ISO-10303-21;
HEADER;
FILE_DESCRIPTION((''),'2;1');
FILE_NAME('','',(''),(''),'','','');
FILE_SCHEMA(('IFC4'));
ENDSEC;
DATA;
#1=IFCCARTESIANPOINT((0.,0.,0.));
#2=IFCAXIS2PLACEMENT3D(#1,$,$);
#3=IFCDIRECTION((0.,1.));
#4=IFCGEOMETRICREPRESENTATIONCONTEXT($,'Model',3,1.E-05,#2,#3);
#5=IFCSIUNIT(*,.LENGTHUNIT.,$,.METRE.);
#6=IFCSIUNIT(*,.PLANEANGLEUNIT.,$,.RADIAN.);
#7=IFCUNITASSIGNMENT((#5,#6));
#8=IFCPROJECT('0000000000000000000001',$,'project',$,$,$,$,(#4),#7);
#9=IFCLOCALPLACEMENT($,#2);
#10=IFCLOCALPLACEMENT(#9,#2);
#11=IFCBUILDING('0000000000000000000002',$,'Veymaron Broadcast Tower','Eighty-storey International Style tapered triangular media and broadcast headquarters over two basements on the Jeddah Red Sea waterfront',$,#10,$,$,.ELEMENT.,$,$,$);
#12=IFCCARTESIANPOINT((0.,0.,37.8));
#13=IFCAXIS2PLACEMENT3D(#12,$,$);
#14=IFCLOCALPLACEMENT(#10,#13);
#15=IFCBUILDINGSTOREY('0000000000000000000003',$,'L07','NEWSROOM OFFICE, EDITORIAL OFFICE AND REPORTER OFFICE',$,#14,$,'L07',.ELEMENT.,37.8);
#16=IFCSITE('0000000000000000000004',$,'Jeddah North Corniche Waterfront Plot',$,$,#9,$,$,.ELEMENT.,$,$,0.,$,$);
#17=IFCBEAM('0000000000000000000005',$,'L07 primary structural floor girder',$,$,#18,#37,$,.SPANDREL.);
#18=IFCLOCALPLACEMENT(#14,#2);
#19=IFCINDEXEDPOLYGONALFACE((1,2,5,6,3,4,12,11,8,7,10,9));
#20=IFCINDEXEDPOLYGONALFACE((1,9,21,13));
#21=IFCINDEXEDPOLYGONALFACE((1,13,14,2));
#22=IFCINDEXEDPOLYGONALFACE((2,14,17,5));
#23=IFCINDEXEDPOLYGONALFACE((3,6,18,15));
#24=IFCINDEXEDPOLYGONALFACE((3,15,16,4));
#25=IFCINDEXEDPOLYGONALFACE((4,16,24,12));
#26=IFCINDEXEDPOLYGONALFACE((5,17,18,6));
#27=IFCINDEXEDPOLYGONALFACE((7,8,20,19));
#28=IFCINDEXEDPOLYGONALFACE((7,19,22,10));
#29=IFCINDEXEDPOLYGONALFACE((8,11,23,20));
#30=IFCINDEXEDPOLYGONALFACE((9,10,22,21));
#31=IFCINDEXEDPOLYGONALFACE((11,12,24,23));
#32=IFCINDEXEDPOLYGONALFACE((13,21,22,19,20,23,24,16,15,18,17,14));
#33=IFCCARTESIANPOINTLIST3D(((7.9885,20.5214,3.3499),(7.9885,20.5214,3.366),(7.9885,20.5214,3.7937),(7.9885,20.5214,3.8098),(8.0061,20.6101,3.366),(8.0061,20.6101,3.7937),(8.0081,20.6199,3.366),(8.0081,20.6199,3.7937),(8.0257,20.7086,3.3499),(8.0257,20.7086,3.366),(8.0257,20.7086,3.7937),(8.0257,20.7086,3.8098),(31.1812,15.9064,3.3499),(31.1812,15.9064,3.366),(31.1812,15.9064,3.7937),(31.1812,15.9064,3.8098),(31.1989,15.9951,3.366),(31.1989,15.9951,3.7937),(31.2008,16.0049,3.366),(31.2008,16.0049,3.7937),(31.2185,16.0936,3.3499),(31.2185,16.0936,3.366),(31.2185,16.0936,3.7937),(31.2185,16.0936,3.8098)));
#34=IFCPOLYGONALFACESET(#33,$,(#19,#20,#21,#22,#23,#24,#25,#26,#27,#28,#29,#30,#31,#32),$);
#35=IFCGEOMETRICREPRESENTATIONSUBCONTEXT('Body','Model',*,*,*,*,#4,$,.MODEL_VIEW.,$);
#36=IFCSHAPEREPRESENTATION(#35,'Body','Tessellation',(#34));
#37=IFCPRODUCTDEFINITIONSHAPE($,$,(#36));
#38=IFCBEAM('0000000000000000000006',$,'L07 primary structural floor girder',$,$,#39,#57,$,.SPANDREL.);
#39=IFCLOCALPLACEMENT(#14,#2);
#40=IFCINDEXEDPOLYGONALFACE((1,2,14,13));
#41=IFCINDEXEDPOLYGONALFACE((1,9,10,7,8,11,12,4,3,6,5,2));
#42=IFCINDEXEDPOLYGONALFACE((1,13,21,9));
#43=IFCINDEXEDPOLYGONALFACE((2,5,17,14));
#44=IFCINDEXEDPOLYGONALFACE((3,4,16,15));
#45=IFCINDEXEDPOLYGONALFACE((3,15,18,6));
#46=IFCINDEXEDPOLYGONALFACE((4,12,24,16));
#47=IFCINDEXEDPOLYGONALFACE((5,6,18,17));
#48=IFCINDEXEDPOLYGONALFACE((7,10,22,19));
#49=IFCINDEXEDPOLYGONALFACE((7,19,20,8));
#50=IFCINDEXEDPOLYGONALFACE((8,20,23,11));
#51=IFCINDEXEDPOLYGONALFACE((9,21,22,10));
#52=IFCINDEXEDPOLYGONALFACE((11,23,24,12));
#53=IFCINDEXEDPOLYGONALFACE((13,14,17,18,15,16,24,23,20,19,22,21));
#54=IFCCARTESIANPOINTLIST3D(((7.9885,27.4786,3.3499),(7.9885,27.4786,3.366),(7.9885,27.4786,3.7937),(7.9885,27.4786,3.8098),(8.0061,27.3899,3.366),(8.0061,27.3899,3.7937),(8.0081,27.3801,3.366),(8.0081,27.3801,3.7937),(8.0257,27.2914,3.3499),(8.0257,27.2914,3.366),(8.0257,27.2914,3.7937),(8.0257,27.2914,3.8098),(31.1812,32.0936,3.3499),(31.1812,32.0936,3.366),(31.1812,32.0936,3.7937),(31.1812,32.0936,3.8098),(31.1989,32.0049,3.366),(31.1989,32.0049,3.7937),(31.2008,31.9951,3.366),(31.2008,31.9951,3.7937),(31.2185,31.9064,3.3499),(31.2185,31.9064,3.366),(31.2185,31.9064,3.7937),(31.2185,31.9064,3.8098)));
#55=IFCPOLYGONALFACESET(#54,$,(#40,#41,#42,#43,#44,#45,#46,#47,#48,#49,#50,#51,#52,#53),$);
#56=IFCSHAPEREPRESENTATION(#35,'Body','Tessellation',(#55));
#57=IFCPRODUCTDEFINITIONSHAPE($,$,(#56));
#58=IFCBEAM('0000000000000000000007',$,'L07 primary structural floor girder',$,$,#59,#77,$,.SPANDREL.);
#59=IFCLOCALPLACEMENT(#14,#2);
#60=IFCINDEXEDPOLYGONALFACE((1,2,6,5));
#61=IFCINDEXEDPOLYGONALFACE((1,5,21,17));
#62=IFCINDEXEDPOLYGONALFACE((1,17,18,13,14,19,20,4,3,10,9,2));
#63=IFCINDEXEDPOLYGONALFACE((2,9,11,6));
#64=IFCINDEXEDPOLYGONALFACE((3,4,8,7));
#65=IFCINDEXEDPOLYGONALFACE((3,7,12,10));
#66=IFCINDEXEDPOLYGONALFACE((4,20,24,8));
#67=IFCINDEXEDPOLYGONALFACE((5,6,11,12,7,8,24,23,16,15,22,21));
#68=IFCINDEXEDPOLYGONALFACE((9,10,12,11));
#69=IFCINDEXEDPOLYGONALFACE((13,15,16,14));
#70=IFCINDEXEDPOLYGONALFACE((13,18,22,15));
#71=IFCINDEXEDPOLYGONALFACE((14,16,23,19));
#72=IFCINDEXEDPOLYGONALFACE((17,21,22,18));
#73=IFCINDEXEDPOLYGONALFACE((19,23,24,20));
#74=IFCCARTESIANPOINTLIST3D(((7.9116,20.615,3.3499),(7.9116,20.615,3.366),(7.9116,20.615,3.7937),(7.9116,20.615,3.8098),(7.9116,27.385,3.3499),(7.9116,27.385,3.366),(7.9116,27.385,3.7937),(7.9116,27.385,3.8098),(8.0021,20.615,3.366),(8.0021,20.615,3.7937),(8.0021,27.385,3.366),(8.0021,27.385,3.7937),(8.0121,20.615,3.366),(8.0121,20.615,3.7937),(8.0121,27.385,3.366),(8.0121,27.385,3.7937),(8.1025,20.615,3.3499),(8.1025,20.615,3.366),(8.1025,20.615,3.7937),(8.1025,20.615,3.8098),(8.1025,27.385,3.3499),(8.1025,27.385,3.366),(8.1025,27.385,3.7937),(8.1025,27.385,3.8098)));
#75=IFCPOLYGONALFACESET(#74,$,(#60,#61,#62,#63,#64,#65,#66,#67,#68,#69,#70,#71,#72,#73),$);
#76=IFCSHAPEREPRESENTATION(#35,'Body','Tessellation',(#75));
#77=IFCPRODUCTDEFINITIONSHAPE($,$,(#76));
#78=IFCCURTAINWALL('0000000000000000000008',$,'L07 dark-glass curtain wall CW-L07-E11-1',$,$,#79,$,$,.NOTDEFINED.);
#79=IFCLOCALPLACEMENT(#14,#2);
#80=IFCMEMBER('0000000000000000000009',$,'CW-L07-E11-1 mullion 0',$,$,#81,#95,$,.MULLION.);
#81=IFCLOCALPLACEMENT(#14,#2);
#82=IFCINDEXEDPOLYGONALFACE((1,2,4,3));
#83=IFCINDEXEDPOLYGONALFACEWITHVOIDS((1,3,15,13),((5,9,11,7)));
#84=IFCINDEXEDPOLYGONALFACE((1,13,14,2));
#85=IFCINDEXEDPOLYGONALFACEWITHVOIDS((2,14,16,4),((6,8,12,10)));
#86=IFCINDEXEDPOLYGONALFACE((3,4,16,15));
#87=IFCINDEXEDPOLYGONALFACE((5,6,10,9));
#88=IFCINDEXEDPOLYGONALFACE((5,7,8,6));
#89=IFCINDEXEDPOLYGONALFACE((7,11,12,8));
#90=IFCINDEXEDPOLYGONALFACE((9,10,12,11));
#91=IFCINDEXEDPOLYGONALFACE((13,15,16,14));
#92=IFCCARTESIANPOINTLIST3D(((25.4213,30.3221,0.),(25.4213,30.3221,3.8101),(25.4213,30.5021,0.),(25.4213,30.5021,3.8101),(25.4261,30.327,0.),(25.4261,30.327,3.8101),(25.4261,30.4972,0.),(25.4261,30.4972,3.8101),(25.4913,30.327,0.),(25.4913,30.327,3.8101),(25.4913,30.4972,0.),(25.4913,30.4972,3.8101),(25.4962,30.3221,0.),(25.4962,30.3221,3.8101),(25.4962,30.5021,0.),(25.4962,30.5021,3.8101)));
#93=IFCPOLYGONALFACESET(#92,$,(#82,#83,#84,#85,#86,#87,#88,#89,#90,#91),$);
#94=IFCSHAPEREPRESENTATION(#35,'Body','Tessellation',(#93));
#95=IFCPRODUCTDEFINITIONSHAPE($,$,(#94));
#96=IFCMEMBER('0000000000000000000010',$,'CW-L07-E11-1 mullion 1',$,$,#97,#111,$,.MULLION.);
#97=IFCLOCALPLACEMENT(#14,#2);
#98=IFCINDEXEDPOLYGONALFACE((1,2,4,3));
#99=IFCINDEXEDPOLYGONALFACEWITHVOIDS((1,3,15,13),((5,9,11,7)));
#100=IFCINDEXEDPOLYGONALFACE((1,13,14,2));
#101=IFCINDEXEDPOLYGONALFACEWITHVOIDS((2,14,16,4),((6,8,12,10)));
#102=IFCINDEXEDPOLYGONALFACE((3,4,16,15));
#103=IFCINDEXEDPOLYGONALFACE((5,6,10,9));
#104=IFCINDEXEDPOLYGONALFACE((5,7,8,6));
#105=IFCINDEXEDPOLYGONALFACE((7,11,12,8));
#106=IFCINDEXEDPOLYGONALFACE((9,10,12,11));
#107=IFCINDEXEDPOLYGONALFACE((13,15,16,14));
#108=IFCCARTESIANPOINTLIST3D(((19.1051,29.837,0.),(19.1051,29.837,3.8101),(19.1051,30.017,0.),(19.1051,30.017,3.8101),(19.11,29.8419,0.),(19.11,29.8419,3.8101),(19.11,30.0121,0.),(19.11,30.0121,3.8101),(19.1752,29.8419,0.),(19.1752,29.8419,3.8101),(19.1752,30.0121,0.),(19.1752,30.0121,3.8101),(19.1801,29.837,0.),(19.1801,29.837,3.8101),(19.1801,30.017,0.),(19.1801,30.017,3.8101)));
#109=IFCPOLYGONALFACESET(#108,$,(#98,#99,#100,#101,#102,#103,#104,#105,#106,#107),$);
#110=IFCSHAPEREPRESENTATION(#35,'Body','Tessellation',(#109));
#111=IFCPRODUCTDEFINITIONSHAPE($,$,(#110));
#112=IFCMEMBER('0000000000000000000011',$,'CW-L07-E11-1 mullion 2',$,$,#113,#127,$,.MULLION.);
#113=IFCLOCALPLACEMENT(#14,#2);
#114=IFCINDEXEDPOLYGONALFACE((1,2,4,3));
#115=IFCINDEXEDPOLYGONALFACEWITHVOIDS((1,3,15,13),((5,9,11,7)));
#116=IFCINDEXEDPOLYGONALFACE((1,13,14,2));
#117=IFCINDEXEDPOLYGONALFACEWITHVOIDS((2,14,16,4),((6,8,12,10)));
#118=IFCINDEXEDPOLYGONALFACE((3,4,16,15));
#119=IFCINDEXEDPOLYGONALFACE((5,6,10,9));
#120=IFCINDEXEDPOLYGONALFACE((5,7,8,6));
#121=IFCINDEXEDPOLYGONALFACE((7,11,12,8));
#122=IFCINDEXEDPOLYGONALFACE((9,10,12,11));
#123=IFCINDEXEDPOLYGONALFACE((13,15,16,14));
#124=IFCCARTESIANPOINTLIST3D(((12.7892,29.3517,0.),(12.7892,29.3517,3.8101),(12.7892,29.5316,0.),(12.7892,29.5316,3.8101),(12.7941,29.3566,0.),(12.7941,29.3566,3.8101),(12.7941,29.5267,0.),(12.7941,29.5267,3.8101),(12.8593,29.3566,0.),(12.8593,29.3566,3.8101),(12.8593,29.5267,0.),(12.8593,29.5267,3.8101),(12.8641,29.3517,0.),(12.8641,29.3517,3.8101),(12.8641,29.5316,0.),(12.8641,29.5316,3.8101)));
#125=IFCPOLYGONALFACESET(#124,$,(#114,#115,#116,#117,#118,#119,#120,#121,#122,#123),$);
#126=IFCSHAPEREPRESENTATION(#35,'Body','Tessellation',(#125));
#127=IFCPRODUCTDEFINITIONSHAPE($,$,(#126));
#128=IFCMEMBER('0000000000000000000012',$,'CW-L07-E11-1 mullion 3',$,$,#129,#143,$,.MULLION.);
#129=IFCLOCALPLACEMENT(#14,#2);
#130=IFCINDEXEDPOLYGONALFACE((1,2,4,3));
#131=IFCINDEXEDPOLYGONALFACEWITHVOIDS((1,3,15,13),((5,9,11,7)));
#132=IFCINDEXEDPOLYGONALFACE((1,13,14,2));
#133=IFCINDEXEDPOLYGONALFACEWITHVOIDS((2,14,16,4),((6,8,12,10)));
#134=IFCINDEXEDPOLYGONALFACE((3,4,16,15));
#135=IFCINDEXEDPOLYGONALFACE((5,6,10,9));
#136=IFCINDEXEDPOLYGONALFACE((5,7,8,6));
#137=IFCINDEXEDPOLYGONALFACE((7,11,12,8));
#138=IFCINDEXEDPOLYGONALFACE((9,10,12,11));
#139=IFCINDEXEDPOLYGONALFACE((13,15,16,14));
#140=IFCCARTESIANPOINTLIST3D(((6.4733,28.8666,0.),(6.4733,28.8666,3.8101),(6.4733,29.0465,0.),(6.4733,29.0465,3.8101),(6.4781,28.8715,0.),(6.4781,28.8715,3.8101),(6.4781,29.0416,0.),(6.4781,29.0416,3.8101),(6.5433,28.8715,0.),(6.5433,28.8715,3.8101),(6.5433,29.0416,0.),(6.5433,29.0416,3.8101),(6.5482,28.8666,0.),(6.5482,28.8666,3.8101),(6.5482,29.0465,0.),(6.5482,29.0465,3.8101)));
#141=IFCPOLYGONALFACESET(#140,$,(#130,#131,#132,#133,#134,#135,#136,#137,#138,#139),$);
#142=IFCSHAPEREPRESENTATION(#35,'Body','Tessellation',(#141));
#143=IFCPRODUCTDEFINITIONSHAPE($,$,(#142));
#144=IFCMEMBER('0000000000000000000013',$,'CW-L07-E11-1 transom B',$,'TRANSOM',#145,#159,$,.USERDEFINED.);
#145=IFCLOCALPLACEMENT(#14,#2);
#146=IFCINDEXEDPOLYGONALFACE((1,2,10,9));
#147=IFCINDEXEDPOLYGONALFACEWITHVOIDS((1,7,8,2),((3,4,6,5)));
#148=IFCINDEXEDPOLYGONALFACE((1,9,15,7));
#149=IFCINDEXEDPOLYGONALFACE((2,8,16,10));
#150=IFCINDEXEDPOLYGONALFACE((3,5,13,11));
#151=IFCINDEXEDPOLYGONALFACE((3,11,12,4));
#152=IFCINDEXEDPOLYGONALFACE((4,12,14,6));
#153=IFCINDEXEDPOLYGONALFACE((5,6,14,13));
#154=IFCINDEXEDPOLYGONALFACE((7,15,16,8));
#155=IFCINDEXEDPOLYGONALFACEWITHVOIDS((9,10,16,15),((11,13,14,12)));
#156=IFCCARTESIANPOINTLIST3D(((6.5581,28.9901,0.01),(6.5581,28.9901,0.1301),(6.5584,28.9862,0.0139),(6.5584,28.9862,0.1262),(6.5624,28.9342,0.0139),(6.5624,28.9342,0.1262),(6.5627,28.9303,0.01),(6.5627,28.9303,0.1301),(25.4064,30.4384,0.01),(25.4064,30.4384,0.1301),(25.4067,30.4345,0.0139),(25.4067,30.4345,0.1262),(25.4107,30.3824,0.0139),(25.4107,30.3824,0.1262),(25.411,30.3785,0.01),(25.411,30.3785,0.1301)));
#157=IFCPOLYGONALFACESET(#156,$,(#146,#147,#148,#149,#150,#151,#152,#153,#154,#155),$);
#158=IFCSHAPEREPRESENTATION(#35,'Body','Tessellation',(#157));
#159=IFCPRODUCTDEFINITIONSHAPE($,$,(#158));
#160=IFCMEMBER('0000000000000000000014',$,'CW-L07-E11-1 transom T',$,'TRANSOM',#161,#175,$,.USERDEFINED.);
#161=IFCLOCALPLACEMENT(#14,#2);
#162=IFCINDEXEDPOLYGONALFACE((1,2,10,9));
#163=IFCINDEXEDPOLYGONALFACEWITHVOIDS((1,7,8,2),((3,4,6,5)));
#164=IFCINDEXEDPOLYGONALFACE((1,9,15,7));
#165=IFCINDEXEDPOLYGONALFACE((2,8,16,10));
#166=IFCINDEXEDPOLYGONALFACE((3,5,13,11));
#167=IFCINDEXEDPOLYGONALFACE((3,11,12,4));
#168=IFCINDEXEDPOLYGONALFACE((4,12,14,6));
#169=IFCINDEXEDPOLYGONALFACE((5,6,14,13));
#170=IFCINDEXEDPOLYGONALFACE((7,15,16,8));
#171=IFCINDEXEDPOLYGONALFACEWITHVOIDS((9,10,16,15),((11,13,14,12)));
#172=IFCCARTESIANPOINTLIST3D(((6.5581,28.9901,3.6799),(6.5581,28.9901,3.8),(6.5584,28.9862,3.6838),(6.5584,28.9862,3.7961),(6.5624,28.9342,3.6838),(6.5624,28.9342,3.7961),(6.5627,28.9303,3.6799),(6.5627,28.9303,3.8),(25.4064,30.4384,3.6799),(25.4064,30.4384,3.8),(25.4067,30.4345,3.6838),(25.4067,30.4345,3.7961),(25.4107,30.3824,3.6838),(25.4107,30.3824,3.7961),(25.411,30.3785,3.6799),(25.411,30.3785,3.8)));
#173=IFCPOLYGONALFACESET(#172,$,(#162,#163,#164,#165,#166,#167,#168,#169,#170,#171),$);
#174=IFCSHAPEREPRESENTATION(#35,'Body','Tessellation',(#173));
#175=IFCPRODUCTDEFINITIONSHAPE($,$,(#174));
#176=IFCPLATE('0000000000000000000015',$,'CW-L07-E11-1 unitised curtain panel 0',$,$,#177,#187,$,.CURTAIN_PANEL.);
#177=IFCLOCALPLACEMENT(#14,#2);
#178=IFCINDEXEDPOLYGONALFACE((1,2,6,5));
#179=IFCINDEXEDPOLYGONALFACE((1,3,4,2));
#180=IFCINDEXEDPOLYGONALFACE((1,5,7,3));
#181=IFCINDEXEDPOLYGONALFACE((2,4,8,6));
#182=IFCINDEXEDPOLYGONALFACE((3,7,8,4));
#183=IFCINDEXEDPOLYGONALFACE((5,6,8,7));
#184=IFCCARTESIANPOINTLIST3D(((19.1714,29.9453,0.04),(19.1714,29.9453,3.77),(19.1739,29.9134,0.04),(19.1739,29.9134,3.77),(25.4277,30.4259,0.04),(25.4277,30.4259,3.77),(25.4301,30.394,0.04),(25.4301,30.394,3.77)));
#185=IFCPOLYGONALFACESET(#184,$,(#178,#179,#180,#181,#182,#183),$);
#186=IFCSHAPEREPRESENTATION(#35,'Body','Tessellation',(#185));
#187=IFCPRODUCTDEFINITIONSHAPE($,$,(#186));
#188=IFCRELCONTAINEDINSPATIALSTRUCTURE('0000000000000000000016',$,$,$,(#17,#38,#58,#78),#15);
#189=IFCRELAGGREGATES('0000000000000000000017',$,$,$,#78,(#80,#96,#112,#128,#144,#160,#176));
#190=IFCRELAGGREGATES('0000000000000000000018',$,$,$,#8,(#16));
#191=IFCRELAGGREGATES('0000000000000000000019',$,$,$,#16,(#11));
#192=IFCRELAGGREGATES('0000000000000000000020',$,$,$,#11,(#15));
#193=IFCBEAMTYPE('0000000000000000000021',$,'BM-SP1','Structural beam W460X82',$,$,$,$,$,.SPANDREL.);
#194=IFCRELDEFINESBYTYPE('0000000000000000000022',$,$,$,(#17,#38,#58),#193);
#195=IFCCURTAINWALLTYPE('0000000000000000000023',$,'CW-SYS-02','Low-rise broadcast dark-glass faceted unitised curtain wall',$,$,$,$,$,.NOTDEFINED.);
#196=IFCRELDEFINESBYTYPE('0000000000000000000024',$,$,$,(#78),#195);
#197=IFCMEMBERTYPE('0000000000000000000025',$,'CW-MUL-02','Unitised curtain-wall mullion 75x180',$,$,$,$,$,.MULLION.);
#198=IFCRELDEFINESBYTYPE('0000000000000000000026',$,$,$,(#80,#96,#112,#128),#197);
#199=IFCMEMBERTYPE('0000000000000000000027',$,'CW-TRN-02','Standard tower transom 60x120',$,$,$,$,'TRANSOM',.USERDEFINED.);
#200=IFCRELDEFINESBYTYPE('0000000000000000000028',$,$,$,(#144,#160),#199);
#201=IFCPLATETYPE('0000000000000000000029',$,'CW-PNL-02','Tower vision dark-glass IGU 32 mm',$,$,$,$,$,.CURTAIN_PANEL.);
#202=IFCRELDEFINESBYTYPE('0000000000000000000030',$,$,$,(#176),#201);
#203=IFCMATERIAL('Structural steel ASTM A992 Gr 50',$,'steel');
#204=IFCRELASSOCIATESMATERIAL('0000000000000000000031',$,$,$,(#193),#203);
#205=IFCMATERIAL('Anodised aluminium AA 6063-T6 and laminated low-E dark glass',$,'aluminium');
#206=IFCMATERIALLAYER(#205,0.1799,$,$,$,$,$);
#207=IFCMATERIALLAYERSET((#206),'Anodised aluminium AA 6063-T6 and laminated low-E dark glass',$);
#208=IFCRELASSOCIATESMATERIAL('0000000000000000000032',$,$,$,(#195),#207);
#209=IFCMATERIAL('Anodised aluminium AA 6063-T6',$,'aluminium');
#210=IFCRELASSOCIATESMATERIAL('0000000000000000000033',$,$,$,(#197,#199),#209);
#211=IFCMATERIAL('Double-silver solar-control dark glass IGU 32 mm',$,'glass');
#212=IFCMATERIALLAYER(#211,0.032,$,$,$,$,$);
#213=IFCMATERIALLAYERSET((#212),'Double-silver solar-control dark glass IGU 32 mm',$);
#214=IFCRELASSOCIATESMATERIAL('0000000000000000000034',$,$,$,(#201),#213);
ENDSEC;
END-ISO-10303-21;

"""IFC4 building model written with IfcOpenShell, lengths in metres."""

from ifc_helpers import new_model, si_unit, direction, frame, origin, origin_2d, place, context, subcontext, project, spatial, rectangle, hollow_rectangle, i_section, extrude, material, layer, layer_set, material_profile, profile_set, type_object, element, aggregate, save


model = new_model("IFC4")

# Units and contexts
model_context = context("Model", 3, precision=1e-05, world=origin(), true_north=direction((0.0, 1.0)))
body_context = subcontext(model_context, "Body", "Model", "MODEL_VIEW")
ifc_project = project(units=[si_unit("LENGTHUNIT", "METRE"), si_unit("PLANEANGLEUNIT", "RADIAN")], contexts=[model_context])

# Site, building, storey
site_placement = place(None, origin())
site = spatial("IfcSite", under=ifc_project, at=site_placement, Name="Jeddah North Corniche Waterfront Plot", CompositionType="ELEMENT", RefElevation=0.0)
building_placement = place(site_placement, origin())
building = spatial("IfcBuilding", under=site, at=building_placement, Name="Veymaron Broadcast Tower", Description="Eighty-storey International Style tapered triangular media and broadcast headquarters over two basements on the Jeddah Red Sea waterfront", CompositionType="ELEMENT")
storey_placement = place(building_placement, frame((0.0, 0.0, 37.8)))
storey = spatial("IfcBuildingStorey", under=building, at=storey_placement, Name="L07", Description="NEWSROOM OFFICE, EDITORIAL OFFICE AND REPORTER OFFICE", LongName="L07", CompositionType="ELEMENT", Elevation=37.8)

# Beams
ifc_material_1 = material(Name="Structural steel ASTM A992 Gr 50", Category="steel")
ifc_material_profile_1 = material_profile(ifc_material_1, i_section(OverallWidth=0.1909, OverallDepth=0.46, WebThickness=0.01, FlangeThickness=0.0161, at=origin_2d()), Name="W460X82")
ifc_profile_set_1 = profile_set([ifc_material_profile_1], Name="Structural steel ASTM A992 Gr 50")
beam_type_1 = type_object("IfcBeamType", Name="BM-SP1", Description="Structural beam W460X82", PredefinedType="SPANDREL", material=ifc_profile_set_1)
for number, where, z_axis, x_axis, name in (
    (1, (8.0071, 20.615, 3.5798), (0.980772, -0.195157, 0.0), (0.195157, 0.980772, 0.0), "L07 primary structural floor girder"),
    (2, (8.0071, 27.385, 3.5798), (0.980772, 0.195157, 0.0), (-0.195157, 0.980772, 0.0), "L07 primary structural floor girder"),
):
    element("IfcBeam", number, at=place(storey_placement, frame(where, z_axis=z_axis, x_axis=x_axis)), inside=storey, type_object=beam_type_1, Name=name, PredefinedType="SPANDREL", context=body_context, shape_type="SweptSolid", body=[
        extrude(i_section(OverallWidth=0.1909, OverallDepth=0.46, WebThickness=0.01, FlangeThickness=0.0161, at=origin_2d()), origin(), (0.0, 0.0, 1.0), 23.6475),
    ])
beam_1_placement = place(storey_placement, frame((8.0071, 20.615, 3.5798), z_axis=(0.0, 1.0, 0.0), x_axis=(-1.0, 0.0, 0.0)))
element("IfcBeam", 3, at=beam_1_placement, inside=storey, type_object=beam_type_1, Name="L07 primary structural floor girder", PredefinedType="SPANDREL", context=body_context, shape_type="SweptSolid", body=[
    extrude(i_section(OverallWidth=0.1909, OverallDepth=0.46, WebThickness=0.01, FlangeThickness=0.0161, at=origin_2d()), origin(), (0.0, 0.0, 1.0), 6.77),
])

# Curtain wall, members, plate
ifc_material_2 = material(Name="Anodised aluminium AA 6063-T6 and laminated low-E dark glass", Category="aluminium")
ifc_layer_1 = layer(ifc_material_2, 0.1799)
ifc_layer_set_1 = layer_set([ifc_layer_1], Name="Anodised aluminium AA 6063-T6 and laminated low-E dark glass")
curtain_wall_type = type_object("IfcCurtainWallType", Name="CW-SYS-02", Description="Low-rise broadcast dark-glass faceted unitised curtain wall", PredefinedType="NOTDEFINED", material=ifc_layer_set_1)
curtain_wall_placement = place(storey_placement, origin())
curtain_wall = element("IfcCurtainWall", 4, at=curtain_wall_placement, inside=storey, type_object=curtain_wall_type, Name="L07 dark-glass curtain wall CW-L07-E11-1", PredefinedType="NOTDEFINED")
ifc_material_3 = material(Name="Anodised aluminium AA 6063-T6", Category="aluminium")
ifc_material_profile_2 = material_profile(ifc_material_3, hollow_rectangle(XDim=0.075, YDim=0.1799, WallThickness=0.0049, at=origin_2d()), Name="AL180X75X5")
ifc_profile_set_2 = profile_set([ifc_material_profile_2], Name="Anodised aluminium AA 6063-T6")
member_type_1 = type_object("IfcMemberType", Name="CW-MUL-02", Description="Unitised curtain-wall mullion 75x180", PredefinedType="MULLION", material=ifc_profile_set_2)
member_1_placement = place(storey_placement, frame((25.4587, 30.4121, 0.0), z_axis=(0.0, 0.0, 1.0), x_axis=(1.0, 0.0, 0.0)))
member_1 = element("IfcMember", 5, at=member_1_placement, type_object=member_type_1, Name="CW-L07-E11-1 mullion 0", PredefinedType="MULLION", context=body_context, shape_type="SweptSolid", body=[
    extrude(hollow_rectangle(XDim=0.075, YDim=0.1799, WallThickness=0.0049, at=origin_2d()), origin(), (0.0, 0.0, 1.0), 3.8101),
])
member_2_placement = place(storey_placement, frame((19.1426, 29.927, 0.0), z_axis=(0.0, 0.0, 1.0), x_axis=(1.0, 0.0, 0.0)))
member_2 = element("IfcMember", 6, at=member_2_placement, type_object=member_type_1, Name="CW-L07-E11-1 mullion 1", PredefinedType="MULLION", context=body_context, shape_type="SweptSolid", body=[
    extrude(hollow_rectangle(XDim=0.075, YDim=0.1799, WallThickness=0.0049, at=origin_2d()), origin(), (0.0, 0.0, 1.0), 3.8101),
])
member_3_placement = place(storey_placement, frame((12.8267, 29.4417, 0.0), z_axis=(0.0, 0.0, 1.0), x_axis=(1.0, 0.0, 0.0)))
member_3 = element("IfcMember", 7, at=member_3_placement, type_object=member_type_1, Name="CW-L07-E11-1 mullion 2", PredefinedType="MULLION", context=body_context, shape_type="SweptSolid", body=[
    extrude(hollow_rectangle(XDim=0.075, YDim=0.1799, WallThickness=0.0049, at=origin_2d()), origin(), (0.0, 0.0, 1.0), 3.8101),
])
member_4_placement = place(storey_placement, frame((6.5107, 28.9565, 0.0), z_axis=(0.0, 0.0, 1.0), x_axis=(1.0, 0.0, 0.0)))
member_4 = element("IfcMember", 8, at=member_4_placement, type_object=member_type_1, Name="CW-L07-E11-1 mullion 3", PredefinedType="MULLION", context=body_context, shape_type="SweptSolid", body=[
    extrude(hollow_rectangle(XDim=0.075, YDim=0.1799, WallThickness=0.0049, at=origin_2d()), origin(), (0.0, 0.0, 1.0), 3.8101),
])
ifc_material_profile_3 = material_profile(ifc_material_3, hollow_rectangle(XDim=0.0601, YDim=0.1201, WallThickness=0.0039, at=origin_2d()), Name="AL120X60X4")
ifc_profile_set_3 = profile_set([ifc_material_profile_3], Name="Anodised aluminium AA 6063-T6")
member_type_2 = type_object("IfcMemberType", Name="CW-TRN-02", Description="Standard tower transom 60x120", ElementType="TRANSOM", PredefinedType="USERDEFINED", material=ifc_profile_set_3)
member_5_placement = place(storey_placement, frame((25.4087, 30.4084, 0.0701), z_axis=(-0.997061, -0.076612, 0.0), x_axis=(0.076612, -0.997061, 0.0)))
member_5 = element("IfcMember", 9, at=member_5_placement, type_object=member_type_2, Name="CW-L07-E11-1 transom B", ObjectType="TRANSOM", PredefinedType="USERDEFINED", context=body_context, shape_type="SweptSolid", body=[
    extrude(hollow_rectangle(XDim=0.0601, YDim=0.1201, WallThickness=0.0039, at=origin_2d()), origin(), (0.0, 0.0, 1.0), 18.9038),
])
member_6_placement = place(storey_placement, frame((25.4087, 30.4084, 3.74), z_axis=(-0.997061, -0.076612, 0.0), x_axis=(0.076612, -0.997061, 0.0)))
member_6 = element("IfcMember", 10, at=member_6_placement, type_object=member_type_2, Name="CW-L07-E11-1 transom T", ObjectType="TRANSOM", PredefinedType="USERDEFINED", context=body_context, shape_type="SweptSolid", body=[
    extrude(hollow_rectangle(XDim=0.0601, YDim=0.1201, WallThickness=0.0039, at=origin_2d()), origin(), (0.0, 0.0, 1.0), 18.9038),
])
ifc_material_4 = material(Name="Double-silver solar-control dark glass IGU 32 mm", Category="glass")
ifc_layer_2 = layer(ifc_material_4, 0.032)
ifc_layer_set_2 = layer_set([ifc_layer_2], Name="Double-silver solar-control dark glass IGU 32 mm")
plate_type = type_object("IfcPlateType", Name="CW-PNL-02", Description="Tower vision dark-glass IGU 32 mm", PredefinedType="CURTAIN_PANEL", material=ifc_layer_set_2)
plate_1_placement = place(storey_placement, frame((22.3008, 30.1697, 0.04), z_axis=(0.0, 0.0, 1.0), x_axis=(-0.997062, -0.076597, 0.0)))
plate_1 = element("IfcPlate", 11, at=plate_1_placement, type_object=plate_type, Name="CW-L07-E11-1 unitised curtain panel 0", PredefinedType="CURTAIN_PANEL", context=body_context, shape_type="SweptSolid", body=[
    extrude(rectangle(XDim=6.2747, YDim=0.032, at=origin_2d()), origin(), (0.0, 0.0, 1.0), 3.73),
])
aggregate(curtain_wall, [member_1, member_2, member_3, member_4, member_5, member_6, plate_1])

save(model, "model.ifc")
